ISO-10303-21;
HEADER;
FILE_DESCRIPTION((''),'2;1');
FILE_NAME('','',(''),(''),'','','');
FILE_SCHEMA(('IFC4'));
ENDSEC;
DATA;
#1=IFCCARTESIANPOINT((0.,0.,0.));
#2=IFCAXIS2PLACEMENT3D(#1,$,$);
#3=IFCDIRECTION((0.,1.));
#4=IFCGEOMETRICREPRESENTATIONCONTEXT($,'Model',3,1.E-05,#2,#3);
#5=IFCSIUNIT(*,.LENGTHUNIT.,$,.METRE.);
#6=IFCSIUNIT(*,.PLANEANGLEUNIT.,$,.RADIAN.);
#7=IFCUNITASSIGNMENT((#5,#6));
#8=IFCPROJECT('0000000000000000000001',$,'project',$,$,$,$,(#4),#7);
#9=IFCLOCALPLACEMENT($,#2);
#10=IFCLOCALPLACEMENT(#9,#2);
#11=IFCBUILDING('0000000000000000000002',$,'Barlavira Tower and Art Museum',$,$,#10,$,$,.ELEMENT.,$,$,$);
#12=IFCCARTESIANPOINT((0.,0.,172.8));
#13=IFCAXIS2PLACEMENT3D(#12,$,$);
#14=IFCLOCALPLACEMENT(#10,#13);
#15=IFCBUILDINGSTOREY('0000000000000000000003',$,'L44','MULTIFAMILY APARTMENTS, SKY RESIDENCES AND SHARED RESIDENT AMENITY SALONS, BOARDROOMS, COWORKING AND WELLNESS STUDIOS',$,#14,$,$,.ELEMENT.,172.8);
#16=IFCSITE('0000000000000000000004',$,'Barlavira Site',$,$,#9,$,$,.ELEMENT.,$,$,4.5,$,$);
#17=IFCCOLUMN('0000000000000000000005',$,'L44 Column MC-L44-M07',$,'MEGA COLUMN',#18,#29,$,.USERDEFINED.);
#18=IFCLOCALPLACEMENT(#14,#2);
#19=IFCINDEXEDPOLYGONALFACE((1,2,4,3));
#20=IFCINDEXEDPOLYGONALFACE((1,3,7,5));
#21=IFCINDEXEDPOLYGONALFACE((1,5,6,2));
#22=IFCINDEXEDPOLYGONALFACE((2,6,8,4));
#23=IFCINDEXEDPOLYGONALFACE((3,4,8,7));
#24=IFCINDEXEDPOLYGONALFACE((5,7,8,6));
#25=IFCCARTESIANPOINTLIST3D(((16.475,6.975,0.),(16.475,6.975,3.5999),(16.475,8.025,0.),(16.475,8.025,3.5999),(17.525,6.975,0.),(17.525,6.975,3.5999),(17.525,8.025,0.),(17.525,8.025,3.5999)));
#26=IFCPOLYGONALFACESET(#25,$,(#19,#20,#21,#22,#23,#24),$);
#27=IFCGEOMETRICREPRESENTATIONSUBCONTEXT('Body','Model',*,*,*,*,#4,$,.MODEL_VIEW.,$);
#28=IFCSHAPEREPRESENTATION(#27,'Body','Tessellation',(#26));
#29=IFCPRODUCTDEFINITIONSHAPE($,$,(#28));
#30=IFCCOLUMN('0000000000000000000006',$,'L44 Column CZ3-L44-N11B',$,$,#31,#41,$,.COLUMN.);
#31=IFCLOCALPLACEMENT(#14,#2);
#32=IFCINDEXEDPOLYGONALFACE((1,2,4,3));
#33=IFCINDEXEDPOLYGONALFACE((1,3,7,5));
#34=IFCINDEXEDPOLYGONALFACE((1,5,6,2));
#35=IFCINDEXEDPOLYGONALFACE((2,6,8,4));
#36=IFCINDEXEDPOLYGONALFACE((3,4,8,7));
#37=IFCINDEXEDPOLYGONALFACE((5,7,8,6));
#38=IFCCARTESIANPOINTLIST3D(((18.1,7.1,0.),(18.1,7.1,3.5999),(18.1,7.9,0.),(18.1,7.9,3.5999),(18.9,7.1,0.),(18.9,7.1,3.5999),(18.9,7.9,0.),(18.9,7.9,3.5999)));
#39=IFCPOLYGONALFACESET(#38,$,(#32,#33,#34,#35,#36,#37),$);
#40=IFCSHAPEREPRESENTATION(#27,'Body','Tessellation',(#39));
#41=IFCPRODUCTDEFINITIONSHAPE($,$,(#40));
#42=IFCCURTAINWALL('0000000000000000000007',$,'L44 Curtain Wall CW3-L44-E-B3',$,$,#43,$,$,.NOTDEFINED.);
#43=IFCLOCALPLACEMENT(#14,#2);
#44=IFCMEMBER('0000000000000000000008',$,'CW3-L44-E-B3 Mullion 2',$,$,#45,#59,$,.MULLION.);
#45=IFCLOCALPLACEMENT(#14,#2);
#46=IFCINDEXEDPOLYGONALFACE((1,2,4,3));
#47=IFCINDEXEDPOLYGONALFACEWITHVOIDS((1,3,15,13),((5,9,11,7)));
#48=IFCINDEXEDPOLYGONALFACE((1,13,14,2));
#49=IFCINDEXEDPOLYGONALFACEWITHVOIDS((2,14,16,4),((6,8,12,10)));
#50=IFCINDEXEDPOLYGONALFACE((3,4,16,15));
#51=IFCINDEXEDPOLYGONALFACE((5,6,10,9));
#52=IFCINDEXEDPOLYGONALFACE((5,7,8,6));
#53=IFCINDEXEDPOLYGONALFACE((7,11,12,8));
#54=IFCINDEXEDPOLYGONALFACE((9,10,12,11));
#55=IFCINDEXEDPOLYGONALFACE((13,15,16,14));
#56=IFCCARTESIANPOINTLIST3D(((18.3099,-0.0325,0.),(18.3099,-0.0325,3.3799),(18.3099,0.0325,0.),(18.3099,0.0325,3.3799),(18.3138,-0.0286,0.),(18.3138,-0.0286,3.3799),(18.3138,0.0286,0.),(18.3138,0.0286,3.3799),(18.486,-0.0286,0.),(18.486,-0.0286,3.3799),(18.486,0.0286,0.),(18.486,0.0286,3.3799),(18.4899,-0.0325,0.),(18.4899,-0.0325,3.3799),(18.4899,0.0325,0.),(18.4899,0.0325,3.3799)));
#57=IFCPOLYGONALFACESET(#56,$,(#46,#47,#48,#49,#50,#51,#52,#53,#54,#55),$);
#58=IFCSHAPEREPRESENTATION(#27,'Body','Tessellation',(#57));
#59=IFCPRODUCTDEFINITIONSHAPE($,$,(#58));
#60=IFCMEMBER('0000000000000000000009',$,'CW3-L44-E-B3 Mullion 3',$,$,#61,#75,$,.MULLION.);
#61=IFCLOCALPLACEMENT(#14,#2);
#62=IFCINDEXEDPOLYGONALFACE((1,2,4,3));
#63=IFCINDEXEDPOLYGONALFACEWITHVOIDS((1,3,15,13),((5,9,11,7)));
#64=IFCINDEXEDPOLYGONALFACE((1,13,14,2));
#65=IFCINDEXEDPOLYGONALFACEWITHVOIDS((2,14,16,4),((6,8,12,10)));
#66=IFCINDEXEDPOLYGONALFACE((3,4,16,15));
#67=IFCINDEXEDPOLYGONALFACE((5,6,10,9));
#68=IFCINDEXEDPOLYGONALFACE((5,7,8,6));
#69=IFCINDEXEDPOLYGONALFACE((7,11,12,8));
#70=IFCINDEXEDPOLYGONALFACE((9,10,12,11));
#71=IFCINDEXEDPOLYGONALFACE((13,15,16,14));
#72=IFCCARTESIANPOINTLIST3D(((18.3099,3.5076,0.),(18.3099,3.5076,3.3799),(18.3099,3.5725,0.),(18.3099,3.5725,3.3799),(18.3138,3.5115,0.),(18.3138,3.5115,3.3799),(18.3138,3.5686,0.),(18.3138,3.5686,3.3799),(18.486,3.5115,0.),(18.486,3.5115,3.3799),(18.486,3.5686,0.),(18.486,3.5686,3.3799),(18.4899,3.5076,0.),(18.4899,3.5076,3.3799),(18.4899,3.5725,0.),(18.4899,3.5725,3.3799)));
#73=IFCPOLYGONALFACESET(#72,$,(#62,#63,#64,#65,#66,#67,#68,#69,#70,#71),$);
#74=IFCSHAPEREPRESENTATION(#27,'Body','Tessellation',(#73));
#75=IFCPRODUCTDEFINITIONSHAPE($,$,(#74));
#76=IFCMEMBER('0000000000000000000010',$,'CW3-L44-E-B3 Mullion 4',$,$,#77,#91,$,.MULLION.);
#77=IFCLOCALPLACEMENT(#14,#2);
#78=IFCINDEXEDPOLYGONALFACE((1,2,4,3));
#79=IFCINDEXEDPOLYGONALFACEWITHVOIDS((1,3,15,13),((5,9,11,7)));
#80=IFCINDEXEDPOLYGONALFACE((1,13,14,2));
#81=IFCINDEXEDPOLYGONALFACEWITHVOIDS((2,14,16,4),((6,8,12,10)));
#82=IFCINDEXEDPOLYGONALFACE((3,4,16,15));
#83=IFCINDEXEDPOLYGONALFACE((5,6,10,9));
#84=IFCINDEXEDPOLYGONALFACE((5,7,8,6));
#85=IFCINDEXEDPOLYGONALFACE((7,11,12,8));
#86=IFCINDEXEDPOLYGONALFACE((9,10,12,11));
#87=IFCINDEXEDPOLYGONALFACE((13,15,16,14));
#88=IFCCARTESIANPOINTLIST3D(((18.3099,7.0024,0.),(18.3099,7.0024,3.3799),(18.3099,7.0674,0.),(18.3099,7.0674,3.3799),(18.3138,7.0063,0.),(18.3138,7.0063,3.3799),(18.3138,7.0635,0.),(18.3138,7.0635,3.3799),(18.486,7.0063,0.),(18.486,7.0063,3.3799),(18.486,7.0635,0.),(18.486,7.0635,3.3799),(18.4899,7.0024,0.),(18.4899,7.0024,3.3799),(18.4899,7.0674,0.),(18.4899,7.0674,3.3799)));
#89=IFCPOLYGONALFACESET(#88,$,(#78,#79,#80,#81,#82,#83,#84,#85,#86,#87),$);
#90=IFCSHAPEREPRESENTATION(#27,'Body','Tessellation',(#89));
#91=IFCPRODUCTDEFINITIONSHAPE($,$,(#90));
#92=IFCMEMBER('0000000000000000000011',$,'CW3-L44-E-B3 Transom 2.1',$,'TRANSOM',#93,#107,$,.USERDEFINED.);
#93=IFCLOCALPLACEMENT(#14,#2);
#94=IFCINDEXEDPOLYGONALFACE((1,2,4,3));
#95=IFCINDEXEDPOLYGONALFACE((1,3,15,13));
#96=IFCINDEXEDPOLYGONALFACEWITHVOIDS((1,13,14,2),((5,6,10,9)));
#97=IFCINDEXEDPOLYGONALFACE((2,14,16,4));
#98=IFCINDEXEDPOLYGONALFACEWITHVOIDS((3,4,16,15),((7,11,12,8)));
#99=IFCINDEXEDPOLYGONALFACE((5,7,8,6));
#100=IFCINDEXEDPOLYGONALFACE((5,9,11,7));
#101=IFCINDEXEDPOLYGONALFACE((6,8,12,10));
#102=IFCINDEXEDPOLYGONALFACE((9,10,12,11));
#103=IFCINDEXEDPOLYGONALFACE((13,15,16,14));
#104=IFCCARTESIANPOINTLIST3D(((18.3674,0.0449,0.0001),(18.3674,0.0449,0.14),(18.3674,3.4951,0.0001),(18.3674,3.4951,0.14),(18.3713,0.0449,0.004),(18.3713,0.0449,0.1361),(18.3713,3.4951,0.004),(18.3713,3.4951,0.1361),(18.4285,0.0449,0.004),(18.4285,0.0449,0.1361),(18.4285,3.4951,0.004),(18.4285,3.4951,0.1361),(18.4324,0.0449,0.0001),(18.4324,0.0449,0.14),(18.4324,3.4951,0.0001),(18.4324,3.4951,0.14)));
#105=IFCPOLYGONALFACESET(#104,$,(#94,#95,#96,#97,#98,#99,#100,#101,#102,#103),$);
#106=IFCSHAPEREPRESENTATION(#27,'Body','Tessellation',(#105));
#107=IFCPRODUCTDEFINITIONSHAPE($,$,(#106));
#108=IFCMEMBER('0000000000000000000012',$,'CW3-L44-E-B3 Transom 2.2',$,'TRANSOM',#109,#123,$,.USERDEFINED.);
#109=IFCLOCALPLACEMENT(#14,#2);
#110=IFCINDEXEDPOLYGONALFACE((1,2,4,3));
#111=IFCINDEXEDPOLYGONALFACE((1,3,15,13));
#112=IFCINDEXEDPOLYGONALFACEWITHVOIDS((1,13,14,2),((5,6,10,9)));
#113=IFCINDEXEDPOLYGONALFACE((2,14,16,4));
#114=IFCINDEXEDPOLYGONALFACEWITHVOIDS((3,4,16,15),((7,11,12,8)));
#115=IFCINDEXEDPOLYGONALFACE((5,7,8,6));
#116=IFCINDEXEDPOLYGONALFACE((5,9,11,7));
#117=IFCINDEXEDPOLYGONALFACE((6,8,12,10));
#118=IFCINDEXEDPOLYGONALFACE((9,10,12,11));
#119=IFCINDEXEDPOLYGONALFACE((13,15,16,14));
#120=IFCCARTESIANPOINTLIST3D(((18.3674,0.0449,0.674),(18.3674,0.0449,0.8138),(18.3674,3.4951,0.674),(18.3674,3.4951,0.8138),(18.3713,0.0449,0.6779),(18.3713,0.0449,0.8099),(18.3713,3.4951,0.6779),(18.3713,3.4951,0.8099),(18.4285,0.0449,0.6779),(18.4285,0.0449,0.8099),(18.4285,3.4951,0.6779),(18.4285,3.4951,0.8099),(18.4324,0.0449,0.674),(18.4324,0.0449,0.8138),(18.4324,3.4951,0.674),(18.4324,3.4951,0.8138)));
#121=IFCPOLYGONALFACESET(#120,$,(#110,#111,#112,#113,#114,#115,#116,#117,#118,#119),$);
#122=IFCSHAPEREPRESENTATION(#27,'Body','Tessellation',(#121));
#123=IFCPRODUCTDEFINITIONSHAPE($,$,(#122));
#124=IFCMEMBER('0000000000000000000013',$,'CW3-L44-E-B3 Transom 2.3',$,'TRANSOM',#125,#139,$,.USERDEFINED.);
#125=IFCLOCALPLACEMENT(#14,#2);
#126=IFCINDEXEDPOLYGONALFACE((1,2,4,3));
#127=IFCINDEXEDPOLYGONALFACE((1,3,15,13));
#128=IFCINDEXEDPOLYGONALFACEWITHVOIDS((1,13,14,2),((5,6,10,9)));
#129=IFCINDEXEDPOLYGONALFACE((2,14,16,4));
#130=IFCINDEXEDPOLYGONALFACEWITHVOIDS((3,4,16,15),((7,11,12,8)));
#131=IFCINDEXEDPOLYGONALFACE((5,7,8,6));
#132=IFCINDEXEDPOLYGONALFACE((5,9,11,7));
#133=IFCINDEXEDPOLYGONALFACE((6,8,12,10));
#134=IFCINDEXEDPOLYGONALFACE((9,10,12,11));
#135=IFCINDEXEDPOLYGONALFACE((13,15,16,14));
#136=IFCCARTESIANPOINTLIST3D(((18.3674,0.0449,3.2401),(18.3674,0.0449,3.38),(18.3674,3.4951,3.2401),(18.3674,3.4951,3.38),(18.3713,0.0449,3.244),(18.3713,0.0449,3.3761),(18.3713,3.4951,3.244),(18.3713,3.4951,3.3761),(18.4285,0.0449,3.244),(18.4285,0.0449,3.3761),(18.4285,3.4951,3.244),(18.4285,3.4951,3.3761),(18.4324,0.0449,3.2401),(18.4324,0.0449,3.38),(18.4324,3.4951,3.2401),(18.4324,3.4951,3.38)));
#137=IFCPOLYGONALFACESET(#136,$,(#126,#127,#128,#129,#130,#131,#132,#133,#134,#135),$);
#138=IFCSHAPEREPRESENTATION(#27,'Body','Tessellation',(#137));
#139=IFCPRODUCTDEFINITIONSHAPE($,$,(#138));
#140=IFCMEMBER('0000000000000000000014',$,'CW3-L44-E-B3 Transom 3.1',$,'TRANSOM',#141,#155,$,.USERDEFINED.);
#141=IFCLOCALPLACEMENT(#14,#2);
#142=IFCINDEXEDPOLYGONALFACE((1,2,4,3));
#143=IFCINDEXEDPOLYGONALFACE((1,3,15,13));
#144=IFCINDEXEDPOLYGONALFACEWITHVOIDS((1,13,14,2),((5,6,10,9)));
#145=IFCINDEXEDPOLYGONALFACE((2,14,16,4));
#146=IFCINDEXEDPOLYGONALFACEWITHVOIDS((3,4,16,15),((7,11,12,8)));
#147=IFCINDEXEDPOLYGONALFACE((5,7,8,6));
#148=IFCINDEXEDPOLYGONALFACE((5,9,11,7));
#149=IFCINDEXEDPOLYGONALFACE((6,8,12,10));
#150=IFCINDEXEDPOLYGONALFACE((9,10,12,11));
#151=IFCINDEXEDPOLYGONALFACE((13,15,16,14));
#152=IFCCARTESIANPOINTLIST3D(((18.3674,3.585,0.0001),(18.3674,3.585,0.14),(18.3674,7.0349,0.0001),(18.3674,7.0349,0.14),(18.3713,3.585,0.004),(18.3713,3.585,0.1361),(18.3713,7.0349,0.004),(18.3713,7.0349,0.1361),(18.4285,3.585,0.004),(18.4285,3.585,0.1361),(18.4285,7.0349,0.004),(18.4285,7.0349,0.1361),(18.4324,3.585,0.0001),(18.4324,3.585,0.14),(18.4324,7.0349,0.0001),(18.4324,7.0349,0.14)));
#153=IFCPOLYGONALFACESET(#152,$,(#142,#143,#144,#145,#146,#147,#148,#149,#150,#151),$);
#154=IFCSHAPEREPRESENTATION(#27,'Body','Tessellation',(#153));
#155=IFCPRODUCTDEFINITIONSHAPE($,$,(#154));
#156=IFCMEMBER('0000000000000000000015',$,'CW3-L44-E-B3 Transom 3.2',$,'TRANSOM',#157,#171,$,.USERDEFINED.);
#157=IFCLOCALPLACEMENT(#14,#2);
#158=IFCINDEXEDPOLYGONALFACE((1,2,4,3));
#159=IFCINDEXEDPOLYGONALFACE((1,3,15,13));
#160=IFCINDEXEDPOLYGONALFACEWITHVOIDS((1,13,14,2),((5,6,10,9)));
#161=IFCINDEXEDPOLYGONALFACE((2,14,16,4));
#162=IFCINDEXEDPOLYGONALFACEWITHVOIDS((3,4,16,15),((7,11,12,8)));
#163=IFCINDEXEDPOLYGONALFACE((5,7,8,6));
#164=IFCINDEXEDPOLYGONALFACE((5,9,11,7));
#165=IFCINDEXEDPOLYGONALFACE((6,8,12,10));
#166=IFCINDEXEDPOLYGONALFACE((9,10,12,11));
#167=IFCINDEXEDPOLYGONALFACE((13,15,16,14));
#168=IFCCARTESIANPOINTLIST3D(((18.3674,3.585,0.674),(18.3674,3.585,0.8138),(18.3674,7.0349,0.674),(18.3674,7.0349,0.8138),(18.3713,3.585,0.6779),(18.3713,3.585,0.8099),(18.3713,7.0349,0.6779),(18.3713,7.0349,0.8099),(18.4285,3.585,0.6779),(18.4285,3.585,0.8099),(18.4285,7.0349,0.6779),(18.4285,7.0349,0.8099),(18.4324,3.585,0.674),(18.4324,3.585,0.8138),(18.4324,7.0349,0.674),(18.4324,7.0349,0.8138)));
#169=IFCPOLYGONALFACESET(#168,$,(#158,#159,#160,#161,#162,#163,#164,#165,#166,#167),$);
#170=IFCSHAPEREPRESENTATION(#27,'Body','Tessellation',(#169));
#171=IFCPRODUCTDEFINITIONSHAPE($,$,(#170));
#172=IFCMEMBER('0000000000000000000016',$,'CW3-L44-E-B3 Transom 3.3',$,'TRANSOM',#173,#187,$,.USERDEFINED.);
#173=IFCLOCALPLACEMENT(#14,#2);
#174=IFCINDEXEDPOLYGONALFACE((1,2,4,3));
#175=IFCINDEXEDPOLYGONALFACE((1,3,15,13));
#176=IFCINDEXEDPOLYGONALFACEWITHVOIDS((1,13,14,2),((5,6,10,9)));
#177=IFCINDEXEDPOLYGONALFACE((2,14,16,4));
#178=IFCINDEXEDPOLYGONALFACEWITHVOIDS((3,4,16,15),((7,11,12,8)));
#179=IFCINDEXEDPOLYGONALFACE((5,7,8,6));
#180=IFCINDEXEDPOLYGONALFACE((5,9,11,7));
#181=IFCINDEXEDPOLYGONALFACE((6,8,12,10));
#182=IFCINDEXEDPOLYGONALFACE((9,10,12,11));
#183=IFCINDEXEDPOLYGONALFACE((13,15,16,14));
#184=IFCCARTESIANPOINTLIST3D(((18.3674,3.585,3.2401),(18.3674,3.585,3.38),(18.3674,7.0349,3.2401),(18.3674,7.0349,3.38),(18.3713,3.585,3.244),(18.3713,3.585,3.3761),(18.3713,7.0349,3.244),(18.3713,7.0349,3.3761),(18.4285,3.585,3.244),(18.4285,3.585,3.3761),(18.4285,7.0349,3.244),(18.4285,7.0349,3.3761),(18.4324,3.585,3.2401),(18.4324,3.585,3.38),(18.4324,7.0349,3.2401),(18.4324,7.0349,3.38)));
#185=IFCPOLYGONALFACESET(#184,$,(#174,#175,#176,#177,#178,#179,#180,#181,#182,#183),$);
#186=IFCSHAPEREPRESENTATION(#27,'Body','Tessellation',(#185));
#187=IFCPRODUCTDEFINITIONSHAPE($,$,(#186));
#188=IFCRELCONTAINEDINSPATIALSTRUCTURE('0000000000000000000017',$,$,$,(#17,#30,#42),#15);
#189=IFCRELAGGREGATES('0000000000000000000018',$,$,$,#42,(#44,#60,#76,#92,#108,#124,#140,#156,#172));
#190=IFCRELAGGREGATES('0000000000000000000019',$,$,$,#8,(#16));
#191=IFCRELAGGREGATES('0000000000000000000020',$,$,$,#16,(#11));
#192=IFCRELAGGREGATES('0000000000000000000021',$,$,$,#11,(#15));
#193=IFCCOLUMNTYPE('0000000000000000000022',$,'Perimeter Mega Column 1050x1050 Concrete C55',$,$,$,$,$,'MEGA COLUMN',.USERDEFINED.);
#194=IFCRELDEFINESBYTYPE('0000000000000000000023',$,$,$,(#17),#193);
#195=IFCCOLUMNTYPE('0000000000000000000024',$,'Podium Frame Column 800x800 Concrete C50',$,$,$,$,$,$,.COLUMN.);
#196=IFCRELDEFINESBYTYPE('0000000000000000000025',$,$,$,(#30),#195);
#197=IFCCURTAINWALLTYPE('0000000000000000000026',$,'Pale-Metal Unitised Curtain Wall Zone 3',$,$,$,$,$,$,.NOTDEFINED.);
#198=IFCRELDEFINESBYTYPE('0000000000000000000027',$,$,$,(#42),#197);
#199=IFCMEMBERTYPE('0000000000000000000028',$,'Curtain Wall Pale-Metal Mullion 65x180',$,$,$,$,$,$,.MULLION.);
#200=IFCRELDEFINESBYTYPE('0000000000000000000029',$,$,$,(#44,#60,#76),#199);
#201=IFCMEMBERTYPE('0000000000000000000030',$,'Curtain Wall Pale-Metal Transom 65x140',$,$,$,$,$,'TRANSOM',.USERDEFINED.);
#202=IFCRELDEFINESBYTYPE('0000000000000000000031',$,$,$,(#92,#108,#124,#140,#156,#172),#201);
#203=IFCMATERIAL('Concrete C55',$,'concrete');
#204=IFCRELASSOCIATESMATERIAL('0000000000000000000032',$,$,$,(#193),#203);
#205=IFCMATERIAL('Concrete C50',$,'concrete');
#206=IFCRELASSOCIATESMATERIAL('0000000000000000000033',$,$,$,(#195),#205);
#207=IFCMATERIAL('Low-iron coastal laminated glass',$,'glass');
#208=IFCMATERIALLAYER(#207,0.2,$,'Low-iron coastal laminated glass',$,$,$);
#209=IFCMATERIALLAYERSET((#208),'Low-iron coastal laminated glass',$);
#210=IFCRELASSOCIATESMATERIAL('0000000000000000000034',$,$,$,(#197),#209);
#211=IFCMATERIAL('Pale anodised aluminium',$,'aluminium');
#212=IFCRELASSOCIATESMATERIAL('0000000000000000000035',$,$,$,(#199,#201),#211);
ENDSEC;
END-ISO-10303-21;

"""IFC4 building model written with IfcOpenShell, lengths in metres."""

from ifc_helpers import new_model, si_unit, direction, frame, origin, origin_2d, place, context, subcontext, project, spatial, rectangle, hollow_rectangle, extrude, material, layer, layer_set, material_profile, profile_set, type_object, element, aggregate, save


model = new_model("IFC4")

# Units and contexts
model_context = context("Model", 3, precision=1e-05, world=origin(), true_north=direction((0.0, 1.0)))
body_context = subcontext(model_context, "Body", "Model", "MODEL_VIEW")
ifc_project = project(units=[si_unit("LENGTHUNIT", "METRE"), si_unit("PLANEANGLEUNIT", "RADIAN")], contexts=[model_context])

# Site, building, storey
site_placement = place(None, origin())
site = spatial("IfcSite", under=ifc_project, at=site_placement, Name="Barlavira Site", CompositionType="ELEMENT", RefElevation=4.5)
building_placement = place(site_placement, origin())
building = spatial("IfcBuilding", under=site, at=building_placement, Name="Barlavira Tower and Art Museum", CompositionType="ELEMENT")
storey_placement = place(building_placement, frame((0.0, 0.0, 172.8)))
storey = spatial("IfcBuildingStorey", under=building, at=storey_placement, Name="L44", Description="MULTIFAMILY APARTMENTS, SKY RESIDENCES AND SHARED RESIDENT AMENITY SALONS, BOARDROOMS, COWORKING AND WELLNESS STUDIOS", CompositionType="ELEMENT", Elevation=172.8)

# Columns
ifc_material_1 = material(Name="Concrete C55", Category="concrete")
ifc_material_profile_1 = material_profile(ifc_material_1, rectangle(XDim=1.05, YDim=1.05, at=origin_2d()), Name="RC-COL 1050x1050")
ifc_profile_set_1 = profile_set([ifc_material_profile_1], Name="Concrete C55")
column_type_1 = type_object("IfcColumnType", Name="Perimeter Mega Column 1050x1050 Concrete C55", ElementType="MEGA COLUMN", PredefinedType="USERDEFINED", material=ifc_profile_set_1)
column_1_placement = place(storey_placement, frame((17.0, 7.5, 0.0), z_axis=(0.0, 0.0, 1.0), x_axis=(1.0, 0.0, 0.0)))
element("IfcColumn", 1, at=column_1_placement, inside=storey, type_object=column_type_1, Name="L44 Column MC-L44-M07", ObjectType="MEGA COLUMN", PredefinedType="USERDEFINED", context=body_context, shape_type="SweptSolid", body=[
    extrude(rectangle(XDim=1.05, YDim=1.05, at=origin_2d()), origin(), (0.0, 0.0, 1.0), 3.5999),
])
ifc_material_2 = material(Name="Concrete C50", Category="concrete")
ifc_material_profile_2 = material_profile(ifc_material_2, rectangle(XDim=0.8, YDim=0.8, at=origin_2d()), Name="RC-COL 800x800")
ifc_profile_set_2 = profile_set([ifc_material_profile_2], Name="Concrete C50")
column_type_2 = type_object("IfcColumnType", Name="Podium Frame Column 800x800 Concrete C50", PredefinedType="COLUMN", material=ifc_profile_set_2)
column_2_placement = place(storey_placement, frame((18.5, 7.5, 0.0), z_axis=(0.0, 0.0, 1.0), x_axis=(1.0, 0.0, 0.0)))
element("IfcColumn", 2, at=column_2_placement, inside=storey, type_object=column_type_2, Name="L44 Column CZ3-L44-N11B", PredefinedType="COLUMN", context=body_context, shape_type="SweptSolid", body=[
    extrude(rectangle(XDim=0.8, YDim=0.8, at=origin_2d()), origin(), (0.0, 0.0, 1.0), 3.5999),
])

# Curtain wall, members
ifc_material_3 = material(Name="Low-iron coastal laminated glass", Category="glass")
ifc_layer_1 = layer(ifc_material_3, 0.2, Name="Low-iron coastal laminated glass")
ifc_layer_set_1 = layer_set([ifc_layer_1], Name="Low-iron coastal laminated glass")
curtain_wall_type = type_object("IfcCurtainWallType", Name="Pale-Metal Unitised Curtain Wall Zone 3", PredefinedType="NOTDEFINED", material=ifc_layer_set_1)
curtain_wall_placement = place(storey_placement, origin())
curtain_wall = element("IfcCurtainWall", 3, at=curtain_wall_placement, inside=storey, type_object=curtain_wall_type, Name="L44 Curtain Wall CW3-L44-E-B3", PredefinedType="NOTDEFINED")
ifc_material_4 = material(Name="Pale anodised aluminium", Category="aluminium")
ifc_material_profile_3 = material_profile(ifc_material_4, hollow_rectangle(XDim=0.0649, YDim=0.1799, WallThickness=0.0039, at=origin_2d()), Name="ALU-MULL 65x180x4")
ifc_profile_set_3 = profile_set([ifc_material_profile_3], Name="Pale anodised aluminium")
member_type_1 = type_object("IfcMemberType", Name="Curtain Wall Pale-Metal Mullion 65x180", PredefinedType="MULLION", material=ifc_profile_set_3)
member_1_placement = place(storey_placement, frame((18.3999, 0.0, 0.0), z_axis=(0.0, 0.0, 1.0), x_axis=(0.0, 1.0, 0.0)))
member_1 = element("IfcMember", 4, at=member_1_placement, type_object=member_type_1, Name="CW3-L44-E-B3 Mullion 2", PredefinedType="MULLION", context=body_context, shape_type="SweptSolid", body=[
    extrude(hollow_rectangle(XDim=0.0649, YDim=0.1799, WallThickness=0.0039, at=origin_2d()), origin(), (0.0, 0.0, 1.0), 3.3799),
])
member_2_placement = place(storey_placement, frame((18.3999, 3.54, 0.0), z_axis=(0.0, 0.0, 1.0), x_axis=(0.0, 1.0, 0.0)))
member_2 = element("IfcMember", 5, at=member_2_placement, type_object=member_type_1, Name="CW3-L44-E-B3 Mullion 3", PredefinedType="MULLION", context=body_context, shape_type="SweptSolid", body=[
    extrude(hollow_rectangle(XDim=0.0649, YDim=0.1799, WallThickness=0.0039, at=origin_2d()), origin(), (0.0, 0.0, 1.0), 3.3799),
])
member_3_placement = place(storey_placement, frame((18.3999, 7.0349, 0.0), z_axis=(0.0, 0.0, 1.0), x_axis=(0.0, 1.0, 0.0)))
member_3 = element("IfcMember", 6, at=member_3_placement, type_object=member_type_1, Name="CW3-L44-E-B3 Mullion 4", PredefinedType="MULLION", context=body_context, shape_type="SweptSolid", body=[
    extrude(hollow_rectangle(XDim=0.0649, YDim=0.1799, WallThickness=0.0039, at=origin_2d()), origin(), (0.0, 0.0, 1.0), 3.3799),
])
ifc_material_profile_4 = material_profile(ifc_material_4, hollow_rectangle(XDim=0.0649, YDim=0.1399, WallThickness=0.0039, at=origin_2d()), Name="ALU-TRAN 65x140x4")
ifc_profile_set_4 = profile_set([ifc_material_profile_4], Name="Pale anodised aluminium")
member_type_2 = type_object("IfcMemberType", Name="Curtain Wall Pale-Metal Transom 65x140", ElementType="TRANSOM", PredefinedType="USERDEFINED", material=ifc_profile_set_4)
member_4_placement = place(storey_placement, frame((18.3999, 0.0449, 0.0701), z_axis=(0.0, 1.0, 0.0), x_axis=(-1.0, 0.0, 0.0)))
member_4 = element("IfcMember", 7, at=member_4_placement, type_object=member_type_2, Name="CW3-L44-E-B3 Transom 2.1", ObjectType="TRANSOM", PredefinedType="USERDEFINED", context=body_context, shape_type="SweptSolid", body=[
    extrude(hollow_rectangle(XDim=0.0649, YDim=0.1399, WallThickness=0.0039, at=origin_2d()), origin(), (0.0, 0.0, 1.0), 3.4502),
])
member_5_placement = place(storey_placement, frame((18.3999, 0.0449, 0.7439), z_axis=(0.0, 1.0, 0.0), x_axis=(-1.0, 0.0, 0.0)))
member_5 = element("IfcMember", 8, at=member_5_placement, type_object=member_type_2, Name="CW3-L44-E-B3 Transom 2.2", ObjectType="TRANSOM", PredefinedType="USERDEFINED", context=body_context, shape_type="SweptSolid", body=[
    extrude(hollow_rectangle(XDim=0.0649, YDim=0.1399, WallThickness=0.0039, at=origin_2d()), origin(), (0.0, 0.0, 1.0), 3.4502),
])
member_6_placement = place(storey_placement, frame((18.3999, 0.0449, 3.3101), z_axis=(0.0, 1.0, 0.0), x_axis=(-1.0, 0.0, 0.0)))
member_6 = element("IfcMember", 9, at=member_6_placement, type_object=member_type_2, Name="CW3-L44-E-B3 Transom 2.3", ObjectType="TRANSOM", PredefinedType="USERDEFINED", context=body_context, shape_type="SweptSolid", body=[
    extrude(hollow_rectangle(XDim=0.0649, YDim=0.1399, WallThickness=0.0039, at=origin_2d()), origin(), (0.0, 0.0, 1.0), 3.4502),
])
member_7_placement = place(storey_placement, frame((18.3999, 3.585, 0.0701), z_axis=(0.0, 1.0, 0.0), x_axis=(-1.0, 0.0, 0.0)))
member_7 = element("IfcMember", 10, at=member_7_placement, type_object=member_type_2, Name="CW3-L44-E-B3 Transom 3.1", ObjectType="TRANSOM", PredefinedType="USERDEFINED", context=body_context, shape_type="SweptSolid", body=[
    extrude(hollow_rectangle(XDim=0.0649, YDim=0.1399, WallThickness=0.0039, at=origin_2d()), origin(), (0.0, 0.0, 1.0), 3.45),
])
member_8_placement = place(storey_placement, frame((18.3999, 3.585, 0.7439), z_axis=(0.0, 1.0, 0.0), x_axis=(-1.0, 0.0, 0.0)))
member_8 = element("IfcMember", 11, at=member_8_placement, type_object=member_type_2, Name="CW3-L44-E-B3 Transom 3.2", ObjectType="TRANSOM", PredefinedType="USERDEFINED", context=body_context, shape_type="SweptSolid", body=[
    extrude(hollow_rectangle(XDim=0.0649, YDim=0.1399, WallThickness=0.0039, at=origin_2d()), origin(), (0.0, 0.0, 1.0), 3.45),
])
member_9_placement = place(storey_placement, frame((18.3999, 3.585, 3.3101), z_axis=(0.0, 1.0, 0.0), x_axis=(-1.0, 0.0, 0.0)))
member_9 = element("IfcMember", 12, at=member_9_placement, type_object=member_type_2, Name="CW3-L44-E-B3 Transom 3.3", ObjectType="TRANSOM", PredefinedType="USERDEFINED", context=body_context, shape_type="SweptSolid", body=[
    extrude(hollow_rectangle(XDim=0.0649, YDim=0.1399, WallThickness=0.0039, at=origin_2d()), origin(), (0.0, 0.0, 1.0), 3.45),
])

aggregate(curtain_wall, [member_1, member_2, member_3, member_4, member_5, member_6, member_7, member_8, member_9])

save(model, "model.ifc")
